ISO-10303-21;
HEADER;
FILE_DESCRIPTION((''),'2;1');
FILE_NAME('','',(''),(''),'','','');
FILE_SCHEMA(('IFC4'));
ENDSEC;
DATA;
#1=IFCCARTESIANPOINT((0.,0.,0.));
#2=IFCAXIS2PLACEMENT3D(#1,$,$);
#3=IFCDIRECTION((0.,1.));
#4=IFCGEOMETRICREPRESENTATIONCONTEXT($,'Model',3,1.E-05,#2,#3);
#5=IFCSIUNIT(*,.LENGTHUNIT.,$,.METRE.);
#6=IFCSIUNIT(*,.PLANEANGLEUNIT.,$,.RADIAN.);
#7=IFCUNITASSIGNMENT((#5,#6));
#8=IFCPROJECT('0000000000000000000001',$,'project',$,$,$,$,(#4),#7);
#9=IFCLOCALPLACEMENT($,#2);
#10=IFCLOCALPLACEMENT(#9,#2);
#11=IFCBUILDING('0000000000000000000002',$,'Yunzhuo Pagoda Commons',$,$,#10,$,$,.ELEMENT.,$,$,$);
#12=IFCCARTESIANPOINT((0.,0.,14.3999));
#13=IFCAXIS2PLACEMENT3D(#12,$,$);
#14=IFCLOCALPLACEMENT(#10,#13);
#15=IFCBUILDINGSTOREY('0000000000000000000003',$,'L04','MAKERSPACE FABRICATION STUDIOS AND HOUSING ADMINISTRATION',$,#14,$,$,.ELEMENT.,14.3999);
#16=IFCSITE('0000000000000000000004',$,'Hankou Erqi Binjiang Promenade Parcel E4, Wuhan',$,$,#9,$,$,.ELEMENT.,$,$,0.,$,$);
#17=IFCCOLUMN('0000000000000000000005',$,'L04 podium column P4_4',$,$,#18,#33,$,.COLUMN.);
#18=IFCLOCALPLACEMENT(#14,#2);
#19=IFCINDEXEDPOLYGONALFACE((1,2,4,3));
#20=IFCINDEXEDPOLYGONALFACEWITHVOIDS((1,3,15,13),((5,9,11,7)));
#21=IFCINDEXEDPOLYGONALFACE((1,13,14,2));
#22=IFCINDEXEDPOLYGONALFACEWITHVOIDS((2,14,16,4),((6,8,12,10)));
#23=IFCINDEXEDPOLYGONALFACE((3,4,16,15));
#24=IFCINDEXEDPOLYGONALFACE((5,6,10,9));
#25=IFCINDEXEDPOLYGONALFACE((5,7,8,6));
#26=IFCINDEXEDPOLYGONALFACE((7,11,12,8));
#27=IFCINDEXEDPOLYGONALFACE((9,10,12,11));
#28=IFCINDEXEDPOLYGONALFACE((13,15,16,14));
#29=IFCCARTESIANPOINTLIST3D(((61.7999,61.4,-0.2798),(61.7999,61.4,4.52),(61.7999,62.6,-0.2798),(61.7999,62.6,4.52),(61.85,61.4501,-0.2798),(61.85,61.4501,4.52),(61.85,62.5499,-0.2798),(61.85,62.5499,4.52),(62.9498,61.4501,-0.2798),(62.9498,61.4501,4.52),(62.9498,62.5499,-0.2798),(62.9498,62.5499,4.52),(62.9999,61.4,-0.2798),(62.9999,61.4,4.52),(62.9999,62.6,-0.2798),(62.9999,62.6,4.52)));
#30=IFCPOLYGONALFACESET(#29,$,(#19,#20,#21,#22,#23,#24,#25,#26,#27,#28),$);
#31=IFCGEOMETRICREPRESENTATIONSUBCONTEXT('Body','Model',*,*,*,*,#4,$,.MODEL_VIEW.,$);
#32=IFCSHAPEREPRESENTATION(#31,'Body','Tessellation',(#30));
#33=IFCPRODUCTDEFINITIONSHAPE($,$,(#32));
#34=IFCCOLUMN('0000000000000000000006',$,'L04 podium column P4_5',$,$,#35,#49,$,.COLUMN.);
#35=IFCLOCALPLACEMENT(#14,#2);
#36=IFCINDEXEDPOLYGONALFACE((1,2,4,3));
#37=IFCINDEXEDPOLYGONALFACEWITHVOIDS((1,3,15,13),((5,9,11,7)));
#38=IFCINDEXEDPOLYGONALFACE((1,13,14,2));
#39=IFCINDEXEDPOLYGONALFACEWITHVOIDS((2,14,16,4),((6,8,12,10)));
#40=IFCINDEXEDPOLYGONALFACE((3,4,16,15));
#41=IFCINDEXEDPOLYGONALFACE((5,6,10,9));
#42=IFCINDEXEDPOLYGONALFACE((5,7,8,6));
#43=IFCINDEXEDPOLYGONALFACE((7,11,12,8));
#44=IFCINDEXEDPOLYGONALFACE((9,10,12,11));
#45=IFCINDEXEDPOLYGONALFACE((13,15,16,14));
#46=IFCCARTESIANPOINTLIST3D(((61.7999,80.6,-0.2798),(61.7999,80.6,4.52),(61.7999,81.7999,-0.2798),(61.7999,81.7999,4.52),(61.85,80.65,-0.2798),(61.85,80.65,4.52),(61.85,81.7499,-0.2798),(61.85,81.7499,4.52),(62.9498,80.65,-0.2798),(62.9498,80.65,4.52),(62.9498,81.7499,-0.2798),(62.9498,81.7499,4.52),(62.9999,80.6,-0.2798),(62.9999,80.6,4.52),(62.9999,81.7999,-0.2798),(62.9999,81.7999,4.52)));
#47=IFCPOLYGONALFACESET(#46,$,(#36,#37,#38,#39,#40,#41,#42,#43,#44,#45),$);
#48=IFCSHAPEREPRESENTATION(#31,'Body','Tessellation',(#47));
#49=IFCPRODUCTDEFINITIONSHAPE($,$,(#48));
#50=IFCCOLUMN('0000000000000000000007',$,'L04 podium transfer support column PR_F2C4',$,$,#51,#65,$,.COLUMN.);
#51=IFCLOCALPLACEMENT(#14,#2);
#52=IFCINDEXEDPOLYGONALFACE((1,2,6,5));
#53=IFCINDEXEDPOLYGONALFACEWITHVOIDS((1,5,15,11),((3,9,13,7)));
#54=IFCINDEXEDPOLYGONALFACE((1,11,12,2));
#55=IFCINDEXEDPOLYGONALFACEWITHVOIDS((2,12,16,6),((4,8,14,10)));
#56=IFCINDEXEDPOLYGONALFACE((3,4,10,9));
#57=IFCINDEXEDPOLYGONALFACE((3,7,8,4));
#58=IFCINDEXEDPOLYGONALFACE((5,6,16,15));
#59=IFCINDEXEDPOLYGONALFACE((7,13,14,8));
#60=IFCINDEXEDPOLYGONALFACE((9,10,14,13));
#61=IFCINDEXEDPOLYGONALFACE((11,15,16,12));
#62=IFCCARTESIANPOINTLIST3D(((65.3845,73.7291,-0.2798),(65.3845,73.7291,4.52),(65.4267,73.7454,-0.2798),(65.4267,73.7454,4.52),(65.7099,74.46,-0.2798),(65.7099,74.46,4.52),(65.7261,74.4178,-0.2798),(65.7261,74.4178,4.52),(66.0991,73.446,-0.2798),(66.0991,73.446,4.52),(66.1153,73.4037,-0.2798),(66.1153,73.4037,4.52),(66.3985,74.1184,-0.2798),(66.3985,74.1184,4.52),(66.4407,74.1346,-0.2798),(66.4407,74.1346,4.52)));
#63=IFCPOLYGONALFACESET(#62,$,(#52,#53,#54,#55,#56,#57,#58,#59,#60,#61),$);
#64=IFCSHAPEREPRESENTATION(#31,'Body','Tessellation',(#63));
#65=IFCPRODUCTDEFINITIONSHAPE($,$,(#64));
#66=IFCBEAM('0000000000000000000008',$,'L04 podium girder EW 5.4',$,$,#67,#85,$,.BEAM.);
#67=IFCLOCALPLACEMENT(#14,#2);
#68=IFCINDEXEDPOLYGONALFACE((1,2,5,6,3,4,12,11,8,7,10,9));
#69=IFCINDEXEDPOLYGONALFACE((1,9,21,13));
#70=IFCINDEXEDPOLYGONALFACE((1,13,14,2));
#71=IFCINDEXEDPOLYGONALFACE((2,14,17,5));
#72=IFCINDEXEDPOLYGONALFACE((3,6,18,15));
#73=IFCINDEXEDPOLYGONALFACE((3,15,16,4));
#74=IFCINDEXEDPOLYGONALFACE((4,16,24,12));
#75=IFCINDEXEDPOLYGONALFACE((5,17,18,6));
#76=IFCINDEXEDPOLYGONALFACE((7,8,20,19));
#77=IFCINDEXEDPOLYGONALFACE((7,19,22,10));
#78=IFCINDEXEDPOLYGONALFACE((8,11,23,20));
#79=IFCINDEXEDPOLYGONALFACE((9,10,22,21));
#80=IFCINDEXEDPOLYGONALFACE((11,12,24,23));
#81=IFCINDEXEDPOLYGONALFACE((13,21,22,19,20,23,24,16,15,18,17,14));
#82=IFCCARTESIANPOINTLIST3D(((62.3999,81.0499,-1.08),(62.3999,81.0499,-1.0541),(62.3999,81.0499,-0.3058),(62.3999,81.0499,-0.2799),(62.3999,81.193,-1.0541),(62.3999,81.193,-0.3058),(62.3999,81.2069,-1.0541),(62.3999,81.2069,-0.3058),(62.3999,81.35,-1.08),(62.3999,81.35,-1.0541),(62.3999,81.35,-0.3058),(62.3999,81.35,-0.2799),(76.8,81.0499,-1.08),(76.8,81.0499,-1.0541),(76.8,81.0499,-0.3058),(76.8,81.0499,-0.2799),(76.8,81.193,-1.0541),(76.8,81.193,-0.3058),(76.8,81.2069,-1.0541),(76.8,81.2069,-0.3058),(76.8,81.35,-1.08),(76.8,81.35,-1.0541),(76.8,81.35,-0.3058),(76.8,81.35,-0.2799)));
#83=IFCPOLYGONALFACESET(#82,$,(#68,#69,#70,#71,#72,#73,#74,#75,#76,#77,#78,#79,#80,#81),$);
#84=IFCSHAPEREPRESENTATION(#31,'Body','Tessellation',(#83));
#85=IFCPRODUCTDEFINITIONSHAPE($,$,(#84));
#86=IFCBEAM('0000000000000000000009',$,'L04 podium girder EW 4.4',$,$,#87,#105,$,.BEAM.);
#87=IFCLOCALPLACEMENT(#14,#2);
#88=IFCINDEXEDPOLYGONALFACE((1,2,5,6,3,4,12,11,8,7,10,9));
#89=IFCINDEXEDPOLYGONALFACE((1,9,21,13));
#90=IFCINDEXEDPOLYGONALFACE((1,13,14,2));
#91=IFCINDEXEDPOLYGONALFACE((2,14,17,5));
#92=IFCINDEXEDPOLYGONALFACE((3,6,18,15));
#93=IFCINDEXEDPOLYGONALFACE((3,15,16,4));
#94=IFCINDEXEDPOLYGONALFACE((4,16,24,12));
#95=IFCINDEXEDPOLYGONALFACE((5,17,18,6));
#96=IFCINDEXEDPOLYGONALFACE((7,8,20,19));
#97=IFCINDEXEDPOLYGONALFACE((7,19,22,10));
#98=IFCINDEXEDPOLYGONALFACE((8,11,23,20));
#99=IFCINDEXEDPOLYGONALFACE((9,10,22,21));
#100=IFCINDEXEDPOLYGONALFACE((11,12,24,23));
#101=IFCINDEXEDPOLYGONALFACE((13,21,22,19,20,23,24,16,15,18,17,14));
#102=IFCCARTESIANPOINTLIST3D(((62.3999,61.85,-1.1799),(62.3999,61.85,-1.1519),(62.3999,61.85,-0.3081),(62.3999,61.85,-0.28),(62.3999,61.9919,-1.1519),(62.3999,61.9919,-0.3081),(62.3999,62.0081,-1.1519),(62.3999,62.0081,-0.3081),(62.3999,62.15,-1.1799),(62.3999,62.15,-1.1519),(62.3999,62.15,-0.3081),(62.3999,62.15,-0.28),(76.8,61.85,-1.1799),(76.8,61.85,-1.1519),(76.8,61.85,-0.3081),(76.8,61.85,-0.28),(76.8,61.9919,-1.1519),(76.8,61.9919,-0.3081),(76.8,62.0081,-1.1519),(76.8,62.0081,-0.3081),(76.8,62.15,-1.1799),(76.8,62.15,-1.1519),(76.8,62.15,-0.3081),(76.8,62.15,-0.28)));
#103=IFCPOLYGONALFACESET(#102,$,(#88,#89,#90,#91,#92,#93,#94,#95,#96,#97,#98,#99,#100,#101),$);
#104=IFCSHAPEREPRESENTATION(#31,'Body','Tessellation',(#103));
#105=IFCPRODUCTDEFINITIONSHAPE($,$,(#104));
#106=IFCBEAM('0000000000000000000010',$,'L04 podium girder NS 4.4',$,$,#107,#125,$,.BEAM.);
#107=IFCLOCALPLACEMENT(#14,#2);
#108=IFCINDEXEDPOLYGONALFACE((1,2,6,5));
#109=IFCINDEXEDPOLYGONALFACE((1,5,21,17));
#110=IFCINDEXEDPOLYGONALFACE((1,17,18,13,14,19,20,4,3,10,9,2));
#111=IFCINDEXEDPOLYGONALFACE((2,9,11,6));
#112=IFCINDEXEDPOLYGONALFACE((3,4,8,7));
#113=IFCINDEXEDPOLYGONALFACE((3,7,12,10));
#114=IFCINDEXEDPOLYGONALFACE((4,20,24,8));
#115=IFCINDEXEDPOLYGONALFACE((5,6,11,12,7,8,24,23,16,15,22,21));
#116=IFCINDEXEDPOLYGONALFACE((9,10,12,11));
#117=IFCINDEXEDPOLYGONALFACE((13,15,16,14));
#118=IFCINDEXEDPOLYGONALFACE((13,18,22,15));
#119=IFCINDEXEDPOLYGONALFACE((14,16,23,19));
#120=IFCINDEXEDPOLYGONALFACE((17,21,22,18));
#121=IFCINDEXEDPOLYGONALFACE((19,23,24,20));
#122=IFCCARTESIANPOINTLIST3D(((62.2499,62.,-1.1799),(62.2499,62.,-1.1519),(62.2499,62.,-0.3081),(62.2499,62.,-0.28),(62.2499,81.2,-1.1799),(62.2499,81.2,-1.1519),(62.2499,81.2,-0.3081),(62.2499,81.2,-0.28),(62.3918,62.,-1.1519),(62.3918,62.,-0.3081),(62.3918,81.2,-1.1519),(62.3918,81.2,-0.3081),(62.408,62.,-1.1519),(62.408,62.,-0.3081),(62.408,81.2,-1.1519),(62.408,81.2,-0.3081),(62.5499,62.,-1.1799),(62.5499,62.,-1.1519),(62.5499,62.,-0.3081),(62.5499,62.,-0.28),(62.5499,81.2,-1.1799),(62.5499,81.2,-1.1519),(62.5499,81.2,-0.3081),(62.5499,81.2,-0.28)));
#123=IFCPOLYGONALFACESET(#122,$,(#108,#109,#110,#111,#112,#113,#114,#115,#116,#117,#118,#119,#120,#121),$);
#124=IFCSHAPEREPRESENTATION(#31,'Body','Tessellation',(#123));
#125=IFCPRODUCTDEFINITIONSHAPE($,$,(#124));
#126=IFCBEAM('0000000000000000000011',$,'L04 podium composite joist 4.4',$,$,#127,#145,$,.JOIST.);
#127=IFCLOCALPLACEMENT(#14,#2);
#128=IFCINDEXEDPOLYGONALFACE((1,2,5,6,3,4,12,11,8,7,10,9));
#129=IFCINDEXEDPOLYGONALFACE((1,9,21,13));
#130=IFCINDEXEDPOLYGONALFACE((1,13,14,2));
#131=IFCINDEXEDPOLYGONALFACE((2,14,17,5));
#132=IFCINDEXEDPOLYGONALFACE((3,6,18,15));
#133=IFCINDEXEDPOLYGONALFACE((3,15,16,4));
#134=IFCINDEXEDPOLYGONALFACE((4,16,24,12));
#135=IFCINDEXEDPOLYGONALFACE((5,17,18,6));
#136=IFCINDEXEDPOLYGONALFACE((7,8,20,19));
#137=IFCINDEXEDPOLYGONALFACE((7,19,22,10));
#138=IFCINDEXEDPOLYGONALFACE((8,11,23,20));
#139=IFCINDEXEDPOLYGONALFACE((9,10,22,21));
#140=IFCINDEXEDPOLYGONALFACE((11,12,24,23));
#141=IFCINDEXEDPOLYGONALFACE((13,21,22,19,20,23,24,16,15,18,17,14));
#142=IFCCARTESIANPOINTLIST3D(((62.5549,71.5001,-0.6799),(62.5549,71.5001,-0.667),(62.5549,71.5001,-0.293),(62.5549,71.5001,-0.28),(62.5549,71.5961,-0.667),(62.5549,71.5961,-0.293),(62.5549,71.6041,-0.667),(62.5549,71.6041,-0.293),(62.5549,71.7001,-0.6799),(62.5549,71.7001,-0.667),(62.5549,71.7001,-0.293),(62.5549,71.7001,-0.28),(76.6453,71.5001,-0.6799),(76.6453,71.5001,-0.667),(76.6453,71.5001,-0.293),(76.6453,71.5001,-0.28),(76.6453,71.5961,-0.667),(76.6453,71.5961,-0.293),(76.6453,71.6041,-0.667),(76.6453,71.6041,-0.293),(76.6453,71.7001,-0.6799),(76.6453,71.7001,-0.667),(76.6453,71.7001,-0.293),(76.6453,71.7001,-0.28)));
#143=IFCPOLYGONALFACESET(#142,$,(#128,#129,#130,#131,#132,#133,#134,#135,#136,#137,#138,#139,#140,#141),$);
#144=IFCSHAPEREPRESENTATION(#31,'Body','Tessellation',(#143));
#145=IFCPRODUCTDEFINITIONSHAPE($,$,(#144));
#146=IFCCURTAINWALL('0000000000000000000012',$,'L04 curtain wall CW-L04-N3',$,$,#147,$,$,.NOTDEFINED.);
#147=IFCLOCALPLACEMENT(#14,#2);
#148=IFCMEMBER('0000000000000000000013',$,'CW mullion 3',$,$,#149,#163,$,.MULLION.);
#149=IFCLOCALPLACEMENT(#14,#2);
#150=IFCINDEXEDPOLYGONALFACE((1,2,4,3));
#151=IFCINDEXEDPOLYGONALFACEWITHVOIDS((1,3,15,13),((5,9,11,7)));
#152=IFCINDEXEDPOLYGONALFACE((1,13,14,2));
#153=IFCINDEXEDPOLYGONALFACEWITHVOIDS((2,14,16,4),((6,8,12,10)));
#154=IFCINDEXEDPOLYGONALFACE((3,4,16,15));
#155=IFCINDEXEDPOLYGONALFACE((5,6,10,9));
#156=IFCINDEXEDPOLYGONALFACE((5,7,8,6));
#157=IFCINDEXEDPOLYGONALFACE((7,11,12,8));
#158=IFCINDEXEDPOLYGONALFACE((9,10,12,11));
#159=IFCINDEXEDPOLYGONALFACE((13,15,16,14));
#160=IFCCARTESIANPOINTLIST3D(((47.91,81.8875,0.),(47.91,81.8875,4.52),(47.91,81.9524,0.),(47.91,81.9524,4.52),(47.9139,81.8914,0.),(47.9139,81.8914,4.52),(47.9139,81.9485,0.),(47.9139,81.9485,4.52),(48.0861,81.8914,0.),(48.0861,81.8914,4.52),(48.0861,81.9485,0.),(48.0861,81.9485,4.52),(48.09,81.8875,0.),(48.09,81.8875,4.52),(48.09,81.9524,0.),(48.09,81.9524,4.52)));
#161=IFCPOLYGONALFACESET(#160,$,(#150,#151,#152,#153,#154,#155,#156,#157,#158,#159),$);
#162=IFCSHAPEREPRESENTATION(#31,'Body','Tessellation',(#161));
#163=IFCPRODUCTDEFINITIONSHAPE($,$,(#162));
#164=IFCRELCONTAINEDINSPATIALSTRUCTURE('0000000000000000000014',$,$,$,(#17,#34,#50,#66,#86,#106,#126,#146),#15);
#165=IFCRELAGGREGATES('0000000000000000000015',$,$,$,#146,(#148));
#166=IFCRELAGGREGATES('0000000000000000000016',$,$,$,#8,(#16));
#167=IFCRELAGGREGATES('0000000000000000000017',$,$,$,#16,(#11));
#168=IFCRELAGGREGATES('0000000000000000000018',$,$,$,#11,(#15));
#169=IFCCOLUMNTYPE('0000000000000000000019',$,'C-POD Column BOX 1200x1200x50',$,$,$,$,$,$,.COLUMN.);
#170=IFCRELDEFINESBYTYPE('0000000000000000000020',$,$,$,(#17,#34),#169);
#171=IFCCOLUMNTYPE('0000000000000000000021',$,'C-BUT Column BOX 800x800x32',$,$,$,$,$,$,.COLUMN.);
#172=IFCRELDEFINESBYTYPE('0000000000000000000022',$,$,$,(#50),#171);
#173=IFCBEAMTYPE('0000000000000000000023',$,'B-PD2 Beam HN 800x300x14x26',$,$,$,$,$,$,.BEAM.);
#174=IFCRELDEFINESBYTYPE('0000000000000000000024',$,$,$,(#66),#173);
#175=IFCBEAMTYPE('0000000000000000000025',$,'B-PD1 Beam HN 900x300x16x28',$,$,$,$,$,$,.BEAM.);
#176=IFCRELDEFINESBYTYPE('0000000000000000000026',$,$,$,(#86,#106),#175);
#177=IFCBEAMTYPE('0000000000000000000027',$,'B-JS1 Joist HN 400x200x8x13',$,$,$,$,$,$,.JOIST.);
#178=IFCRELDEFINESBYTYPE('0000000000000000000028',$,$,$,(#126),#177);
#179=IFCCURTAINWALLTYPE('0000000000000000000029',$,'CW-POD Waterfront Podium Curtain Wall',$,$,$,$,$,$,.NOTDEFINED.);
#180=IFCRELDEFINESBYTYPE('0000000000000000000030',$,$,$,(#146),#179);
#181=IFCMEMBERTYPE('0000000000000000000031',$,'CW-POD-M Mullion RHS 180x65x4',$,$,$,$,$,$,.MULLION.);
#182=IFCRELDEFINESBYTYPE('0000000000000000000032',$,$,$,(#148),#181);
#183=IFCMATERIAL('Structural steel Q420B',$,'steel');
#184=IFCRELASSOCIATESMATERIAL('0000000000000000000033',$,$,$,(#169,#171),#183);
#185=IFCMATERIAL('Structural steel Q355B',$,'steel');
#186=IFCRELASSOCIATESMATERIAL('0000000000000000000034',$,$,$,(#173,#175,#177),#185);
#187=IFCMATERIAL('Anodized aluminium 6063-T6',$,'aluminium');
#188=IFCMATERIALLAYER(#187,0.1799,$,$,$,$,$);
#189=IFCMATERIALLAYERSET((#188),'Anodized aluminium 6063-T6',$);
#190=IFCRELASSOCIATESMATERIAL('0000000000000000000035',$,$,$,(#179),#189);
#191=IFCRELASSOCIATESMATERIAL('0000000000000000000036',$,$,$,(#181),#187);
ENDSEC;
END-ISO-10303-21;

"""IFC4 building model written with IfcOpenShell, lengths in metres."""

from ifc_helpers import new_model, si_unit, direction, frame, origin, origin_2d, place, context, subcontext, project, spatial, hollow_rectangle, i_section, extrude, source, transform, mapped, material, layer, layer_set, material_profile, profile_set, type_object, element, aggregate, save


model = new_model("IFC4")

# Units and contexts
model_context = context("Model", 3, precision=1e-05, world=origin(), true_north=direction((0.0, 1.0)))
body_context = subcontext(model_context, "Body", "Model", "MODEL_VIEW")
ifc_project = project(units=[si_unit("LENGTHUNIT", "METRE"), si_unit("PLANEANGLEUNIT", "RADIAN")], contexts=[model_context])

# Site, building, storey
site_placement = place(None, origin())
site = spatial("IfcSite", under=ifc_project, at=site_placement, Name="Hankou Erqi Binjiang Promenade Parcel E4, Wuhan", CompositionType="ELEMENT", RefElevation=0.0)
building_placement = place(site_placement, origin())
building = spatial("IfcBuilding", under=site, at=building_placement, Name="Yunzhuo Pagoda Commons", CompositionType="ELEMENT")
storey_placement = place(building_placement, frame((0.0, 0.0, 14.3999)))
storey = spatial("IfcBuildingStorey", under=building, at=storey_placement, Name="L04", Description="MAKERSPACE FABRICATION STUDIOS AND HOUSING ADMINISTRATION", CompositionType="ELEMENT", Elevation=14.3999)

# Columns
ifc_material_1 = material(Name="Structural steel Q420B", Category="steel")
ifc_material_profile_1 = material_profile(ifc_material_1, hollow_rectangle(XDim=1.2, YDim=1.2, WallThickness=0.05, at=origin_2d()), Name="Structural steel Q420B")
ifc_profile_set_1 = profile_set([ifc_material_profile_1], Name="Structural steel Q420B")
column_type_1 = type_object("IfcColumnType", Name="C-POD Column BOX 1200x1200x50", PredefinedType="COLUMN", material=ifc_profile_set_1)
shared_shape_1 = source(origin(), body_context, "Body", "SweptSolid", [
    extrude(hollow_rectangle(XDim=1.2, YDim=1.2, WallThickness=0.05, at=origin_2d()), origin(), (0.0, 0.0, 1.0), 4.7998),
])
for number, where, z_axis, x_axis, name in (
    (1, (62.3999, 62.0, -0.2798), (0.0, 0.0, 1.0), (1.0, 0.0, 0.0), "L04 podium column P4_4"),
    (2, (62.3999, 81.2, -0.2798), (0.0, 0.0, 1.0), (1.0, 0.0, 0.0), "L04 podium column P4_5"),
):
    element("IfcColumn", number, at=place(storey_placement, frame(where, z_axis=z_axis, x_axis=x_axis)), inside=storey, type_object=column_type_1, Name=name, PredefinedType="COLUMN", context=body_context, shape_type="MappedRepresentation", body=[
        mapped(shared_shape_1, transform((0.0, 0.0, 0.0), scale=1.0)),
    ])
ifc_material_profile_2 = material_profile(ifc_material_1, hollow_rectangle(XDim=0.8, YDim=0.8, WallThickness=0.032, at=origin_2d()), Name="Structural steel Q420B")
ifc_profile_set_2 = profile_set([ifc_material_profile_2], Name="Structural steel Q420B")
column_type_2 = type_object("IfcColumnType", Name="C-BUT Column BOX 800x800x32", PredefinedType="COLUMN", material=ifc_profile_set_2)
shared_shape_2 = source(origin(), body_context, "Body", "SweptSolid", [
    extrude(hollow_rectangle(XDim=0.8, YDim=0.8, WallThickness=0.032, at=origin_2d()), origin(), (0.0, 0.0, 1.0), 4.7998),
])
column_placement = place(storey_placement, frame((65.9126, 73.9319, -0.2798), z_axis=(0.0, 0.0, 1.0), x_axis=(-0.913545, 0.406737, 0.0)))
element("IfcColumn", 3, at=column_placement, inside=storey, type_object=column_type_2, Name="L04 podium transfer support column PR_F2C4", PredefinedType="COLUMN", context=body_context, shape_type="MappedRepresentation", body=[
    mapped(shared_shape_2, transform((0.0, 0.0, 0.0), scale=1.0)),
])

# Beams
ifc_material_2 = material(Name="Structural steel Q355B", Category="steel")
ifc_material_profile_3 = material_profile(ifc_material_2, i_section(OverallWidth=0.3, OverallDepth=0.8, WebThickness=0.0139, FlangeThickness=0.0259, at=origin_2d()), Name="Structural steel Q355B")
ifc_profile_set_3 = profile_set([ifc_material_profile_3], Name="Structural steel Q355B")
beam_type_1 = type_object("IfcBeamType", Name="B-PD2 Beam HN 800x300x14x26", PredefinedType="BEAM", material=ifc_profile_set_3)
shared_shape_3 = source(origin(), body_context, "Body", "SweptSolid", [
    extrude(i_section(OverallWidth=0.3, OverallDepth=0.8, WebThickness=0.0139, FlangeThickness=0.0259, at=origin_2d()), origin(), (0.0, 0.0, 1.0), 14.4001),
])
beam_1_placement = place(storey_placement, frame((62.3999, 81.2, -0.6799), z_axis=(1.0, 0.0, 0.0), x_axis=(0.0, 1.0, 0.0)))
element("IfcBeam", 4, at=beam_1_placement, inside=storey, type_object=beam_type_1, Name="L04 podium girder EW 5.4", PredefinedType="BEAM", context=body_context, shape_type="MappedRepresentation", body=[
    mapped(shared_shape_3, transform((0.0, 0.0, 0.0), scale=1.0)),
])
ifc_material_profile_4 = material_profile(ifc_material_2, i_section(OverallWidth=0.3, OverallDepth=0.8999, WebThickness=0.0161, FlangeThickness=0.0281, at=origin_2d()), Name="Structural steel Q355B")
ifc_profile_set_4 = profile_set([ifc_material_profile_4], Name="Structural steel Q355B")
beam_type_2 = type_object("IfcBeamType", Name="B-PD1 Beam HN 900x300x16x28", PredefinedType="BEAM", material=ifc_profile_set_4)
shared_shape_4 = source(origin(), body_context, "Body", "SweptSolid", [
    extrude(i_section(OverallWidth=0.3, OverallDepth=0.8999, WebThickness=0.0161, FlangeThickness=0.0281, at=origin_2d()), origin(), (0.0, 0.0, 1.0), 14.4001),
])
beam_2_placement = place(storey_placement, frame((62.3999, 62.0, -0.73), z_axis=(1.0, 0.0, 0.0), x_axis=(0.0, 1.0, 0.0)))
element("IfcBeam", 5, at=beam_2_placement, inside=storey, type_object=beam_type_2, Name="L04 podium girder EW 4.4", PredefinedType="BEAM", context=body_context, shape_type="MappedRepresentation", body=[
    mapped(shared_shape_4, transform((0.0, 0.0, 0.0), scale=1.0)),
])
shared_shape_5 = source(origin(), body_context, "Body", "SweptSolid", [
    extrude(i_section(OverallWidth=0.3, OverallDepth=0.8999, WebThickness=0.0161, FlangeThickness=0.0281, at=origin_2d()), origin(), (0.0, 0.0, 1.0), 19.2),
])
beam_3_placement = place(storey_placement, frame((62.3999, 62.0, -0.73), z_axis=(0.0, 1.0, 0.0), x_axis=(-1.0, 0.0, 0.0)))
element("IfcBeam", 6, at=beam_3_placement, inside=storey, type_object=beam_type_2, Name="L04 podium girder NS 4.4", PredefinedType="BEAM", context=body_context, shape_type="MappedRepresentation", body=[
    mapped(shared_shape_5, transform((0.0, 0.0, 0.0), scale=1.0)),
])
ifc_material_profile_5 = material_profile(ifc_material_2, i_section(OverallWidth=0.2, OverallDepth=0.3999, WebThickness=0.0081, FlangeThickness=0.0129, at=origin_2d()), Name="Structural steel Q355B")
ifc_profile_set_5 = profile_set([ifc_material_profile_5], Name="Structural steel Q355B")
beam_type_3 = type_object("IfcBeamType", Name="B-JS1 Joist HN 400x200x8x13", PredefinedType="JOIST", material=ifc_profile_set_5)
shared_shape_6 = source(origin(), body_context, "Body", "SweptSolid", [
    extrude(i_section(OverallWidth=0.2, OverallDepth=0.3999, WebThickness=0.0081, FlangeThickness=0.0129, at=origin_2d()), origin(), (0.0, 0.0, 1.0), 14.0903),
])
beam_4_placement = place(storey_placement, frame((62.5549, 71.6001, -0.48), z_axis=(1.0, 0.0, 0.0), x_axis=(0.0, 1.0, 0.0)))
element("IfcBeam", 7, at=beam_4_placement, inside=storey, type_object=beam_type_3, Name="L04 podium composite joist 4.4", PredefinedType="JOIST", context=body_context, shape_type="MappedRepresentation", body=[
    mapped(shared_shape_6, transform((0.0, 0.0, 0.0), scale=1.0)),
])

# Curtain wall, member
ifc_material_3 = material(Name="Anodized aluminium 6063-T6", Category="aluminium")
ifc_layer_1 = layer(ifc_material_3, 0.1799)
ifc_layer_set_1 = layer_set([ifc_layer_1], Name="Anodized aluminium 6063-T6")
curtain_wall_type = type_object("IfcCurtainWallType", Name="CW-POD Waterfront Podium Curtain Wall", PredefinedType="NOTDEFINED", material=ifc_layer_set_1)
curtain_wall_1_placement = place(storey_placement, origin())
curtain_wall_1 = element("IfcCurtainWall", 8, at=curtain_wall_1_placement, inside=storey, type_object=curtain_wall_type, Name="L04 curtain wall CW-L04-N3", PredefinedType="NOTDEFINED")
ifc_material_profile_6 = material_profile(ifc_material_3, hollow_rectangle(XDim=0.0649, YDim=0.1799, WallThickness=0.0039, at=origin_2d()), Name="Anodized aluminium 6063-T6")
ifc_profile_set_6 = profile_set([ifc_material_profile_6], Name="Anodized aluminium 6063-T6")
member_type_1 = type_object("IfcMemberType", Name="CW-POD-M Mullion RHS 180x65x4", PredefinedType="MULLION", material=ifc_profile_set_6)
shared_shape_7 = source(origin(), body_context, "Body", "SweptSolid", [
    extrude(hollow_rectangle(XDim=0.0649, YDim=0.1799, WallThickness=0.0039, at=origin_2d()), origin(), (0.0, 0.0, 1.0), 4.52),
])
member_1_placement = place(storey_placement, frame((48.0, 81.9199, 0.0), z_axis=(0.0, 0.0, 1.0), x_axis=(0.0, 1.0, 0.0)))
member_1 = element("IfcMember", 9, at=member_1_placement, type_object=member_type_1, Name="CW mullion 3", PredefinedType="MULLION", context=body_context, shape_type="MappedRepresentation", body=[
    mapped(shared_shape_7, transform((0.0, 0.0, 0.0), scale=1.0)),
])

aggregate(curtain_wall_1, [member_1])

save(model, "model.ifc")
